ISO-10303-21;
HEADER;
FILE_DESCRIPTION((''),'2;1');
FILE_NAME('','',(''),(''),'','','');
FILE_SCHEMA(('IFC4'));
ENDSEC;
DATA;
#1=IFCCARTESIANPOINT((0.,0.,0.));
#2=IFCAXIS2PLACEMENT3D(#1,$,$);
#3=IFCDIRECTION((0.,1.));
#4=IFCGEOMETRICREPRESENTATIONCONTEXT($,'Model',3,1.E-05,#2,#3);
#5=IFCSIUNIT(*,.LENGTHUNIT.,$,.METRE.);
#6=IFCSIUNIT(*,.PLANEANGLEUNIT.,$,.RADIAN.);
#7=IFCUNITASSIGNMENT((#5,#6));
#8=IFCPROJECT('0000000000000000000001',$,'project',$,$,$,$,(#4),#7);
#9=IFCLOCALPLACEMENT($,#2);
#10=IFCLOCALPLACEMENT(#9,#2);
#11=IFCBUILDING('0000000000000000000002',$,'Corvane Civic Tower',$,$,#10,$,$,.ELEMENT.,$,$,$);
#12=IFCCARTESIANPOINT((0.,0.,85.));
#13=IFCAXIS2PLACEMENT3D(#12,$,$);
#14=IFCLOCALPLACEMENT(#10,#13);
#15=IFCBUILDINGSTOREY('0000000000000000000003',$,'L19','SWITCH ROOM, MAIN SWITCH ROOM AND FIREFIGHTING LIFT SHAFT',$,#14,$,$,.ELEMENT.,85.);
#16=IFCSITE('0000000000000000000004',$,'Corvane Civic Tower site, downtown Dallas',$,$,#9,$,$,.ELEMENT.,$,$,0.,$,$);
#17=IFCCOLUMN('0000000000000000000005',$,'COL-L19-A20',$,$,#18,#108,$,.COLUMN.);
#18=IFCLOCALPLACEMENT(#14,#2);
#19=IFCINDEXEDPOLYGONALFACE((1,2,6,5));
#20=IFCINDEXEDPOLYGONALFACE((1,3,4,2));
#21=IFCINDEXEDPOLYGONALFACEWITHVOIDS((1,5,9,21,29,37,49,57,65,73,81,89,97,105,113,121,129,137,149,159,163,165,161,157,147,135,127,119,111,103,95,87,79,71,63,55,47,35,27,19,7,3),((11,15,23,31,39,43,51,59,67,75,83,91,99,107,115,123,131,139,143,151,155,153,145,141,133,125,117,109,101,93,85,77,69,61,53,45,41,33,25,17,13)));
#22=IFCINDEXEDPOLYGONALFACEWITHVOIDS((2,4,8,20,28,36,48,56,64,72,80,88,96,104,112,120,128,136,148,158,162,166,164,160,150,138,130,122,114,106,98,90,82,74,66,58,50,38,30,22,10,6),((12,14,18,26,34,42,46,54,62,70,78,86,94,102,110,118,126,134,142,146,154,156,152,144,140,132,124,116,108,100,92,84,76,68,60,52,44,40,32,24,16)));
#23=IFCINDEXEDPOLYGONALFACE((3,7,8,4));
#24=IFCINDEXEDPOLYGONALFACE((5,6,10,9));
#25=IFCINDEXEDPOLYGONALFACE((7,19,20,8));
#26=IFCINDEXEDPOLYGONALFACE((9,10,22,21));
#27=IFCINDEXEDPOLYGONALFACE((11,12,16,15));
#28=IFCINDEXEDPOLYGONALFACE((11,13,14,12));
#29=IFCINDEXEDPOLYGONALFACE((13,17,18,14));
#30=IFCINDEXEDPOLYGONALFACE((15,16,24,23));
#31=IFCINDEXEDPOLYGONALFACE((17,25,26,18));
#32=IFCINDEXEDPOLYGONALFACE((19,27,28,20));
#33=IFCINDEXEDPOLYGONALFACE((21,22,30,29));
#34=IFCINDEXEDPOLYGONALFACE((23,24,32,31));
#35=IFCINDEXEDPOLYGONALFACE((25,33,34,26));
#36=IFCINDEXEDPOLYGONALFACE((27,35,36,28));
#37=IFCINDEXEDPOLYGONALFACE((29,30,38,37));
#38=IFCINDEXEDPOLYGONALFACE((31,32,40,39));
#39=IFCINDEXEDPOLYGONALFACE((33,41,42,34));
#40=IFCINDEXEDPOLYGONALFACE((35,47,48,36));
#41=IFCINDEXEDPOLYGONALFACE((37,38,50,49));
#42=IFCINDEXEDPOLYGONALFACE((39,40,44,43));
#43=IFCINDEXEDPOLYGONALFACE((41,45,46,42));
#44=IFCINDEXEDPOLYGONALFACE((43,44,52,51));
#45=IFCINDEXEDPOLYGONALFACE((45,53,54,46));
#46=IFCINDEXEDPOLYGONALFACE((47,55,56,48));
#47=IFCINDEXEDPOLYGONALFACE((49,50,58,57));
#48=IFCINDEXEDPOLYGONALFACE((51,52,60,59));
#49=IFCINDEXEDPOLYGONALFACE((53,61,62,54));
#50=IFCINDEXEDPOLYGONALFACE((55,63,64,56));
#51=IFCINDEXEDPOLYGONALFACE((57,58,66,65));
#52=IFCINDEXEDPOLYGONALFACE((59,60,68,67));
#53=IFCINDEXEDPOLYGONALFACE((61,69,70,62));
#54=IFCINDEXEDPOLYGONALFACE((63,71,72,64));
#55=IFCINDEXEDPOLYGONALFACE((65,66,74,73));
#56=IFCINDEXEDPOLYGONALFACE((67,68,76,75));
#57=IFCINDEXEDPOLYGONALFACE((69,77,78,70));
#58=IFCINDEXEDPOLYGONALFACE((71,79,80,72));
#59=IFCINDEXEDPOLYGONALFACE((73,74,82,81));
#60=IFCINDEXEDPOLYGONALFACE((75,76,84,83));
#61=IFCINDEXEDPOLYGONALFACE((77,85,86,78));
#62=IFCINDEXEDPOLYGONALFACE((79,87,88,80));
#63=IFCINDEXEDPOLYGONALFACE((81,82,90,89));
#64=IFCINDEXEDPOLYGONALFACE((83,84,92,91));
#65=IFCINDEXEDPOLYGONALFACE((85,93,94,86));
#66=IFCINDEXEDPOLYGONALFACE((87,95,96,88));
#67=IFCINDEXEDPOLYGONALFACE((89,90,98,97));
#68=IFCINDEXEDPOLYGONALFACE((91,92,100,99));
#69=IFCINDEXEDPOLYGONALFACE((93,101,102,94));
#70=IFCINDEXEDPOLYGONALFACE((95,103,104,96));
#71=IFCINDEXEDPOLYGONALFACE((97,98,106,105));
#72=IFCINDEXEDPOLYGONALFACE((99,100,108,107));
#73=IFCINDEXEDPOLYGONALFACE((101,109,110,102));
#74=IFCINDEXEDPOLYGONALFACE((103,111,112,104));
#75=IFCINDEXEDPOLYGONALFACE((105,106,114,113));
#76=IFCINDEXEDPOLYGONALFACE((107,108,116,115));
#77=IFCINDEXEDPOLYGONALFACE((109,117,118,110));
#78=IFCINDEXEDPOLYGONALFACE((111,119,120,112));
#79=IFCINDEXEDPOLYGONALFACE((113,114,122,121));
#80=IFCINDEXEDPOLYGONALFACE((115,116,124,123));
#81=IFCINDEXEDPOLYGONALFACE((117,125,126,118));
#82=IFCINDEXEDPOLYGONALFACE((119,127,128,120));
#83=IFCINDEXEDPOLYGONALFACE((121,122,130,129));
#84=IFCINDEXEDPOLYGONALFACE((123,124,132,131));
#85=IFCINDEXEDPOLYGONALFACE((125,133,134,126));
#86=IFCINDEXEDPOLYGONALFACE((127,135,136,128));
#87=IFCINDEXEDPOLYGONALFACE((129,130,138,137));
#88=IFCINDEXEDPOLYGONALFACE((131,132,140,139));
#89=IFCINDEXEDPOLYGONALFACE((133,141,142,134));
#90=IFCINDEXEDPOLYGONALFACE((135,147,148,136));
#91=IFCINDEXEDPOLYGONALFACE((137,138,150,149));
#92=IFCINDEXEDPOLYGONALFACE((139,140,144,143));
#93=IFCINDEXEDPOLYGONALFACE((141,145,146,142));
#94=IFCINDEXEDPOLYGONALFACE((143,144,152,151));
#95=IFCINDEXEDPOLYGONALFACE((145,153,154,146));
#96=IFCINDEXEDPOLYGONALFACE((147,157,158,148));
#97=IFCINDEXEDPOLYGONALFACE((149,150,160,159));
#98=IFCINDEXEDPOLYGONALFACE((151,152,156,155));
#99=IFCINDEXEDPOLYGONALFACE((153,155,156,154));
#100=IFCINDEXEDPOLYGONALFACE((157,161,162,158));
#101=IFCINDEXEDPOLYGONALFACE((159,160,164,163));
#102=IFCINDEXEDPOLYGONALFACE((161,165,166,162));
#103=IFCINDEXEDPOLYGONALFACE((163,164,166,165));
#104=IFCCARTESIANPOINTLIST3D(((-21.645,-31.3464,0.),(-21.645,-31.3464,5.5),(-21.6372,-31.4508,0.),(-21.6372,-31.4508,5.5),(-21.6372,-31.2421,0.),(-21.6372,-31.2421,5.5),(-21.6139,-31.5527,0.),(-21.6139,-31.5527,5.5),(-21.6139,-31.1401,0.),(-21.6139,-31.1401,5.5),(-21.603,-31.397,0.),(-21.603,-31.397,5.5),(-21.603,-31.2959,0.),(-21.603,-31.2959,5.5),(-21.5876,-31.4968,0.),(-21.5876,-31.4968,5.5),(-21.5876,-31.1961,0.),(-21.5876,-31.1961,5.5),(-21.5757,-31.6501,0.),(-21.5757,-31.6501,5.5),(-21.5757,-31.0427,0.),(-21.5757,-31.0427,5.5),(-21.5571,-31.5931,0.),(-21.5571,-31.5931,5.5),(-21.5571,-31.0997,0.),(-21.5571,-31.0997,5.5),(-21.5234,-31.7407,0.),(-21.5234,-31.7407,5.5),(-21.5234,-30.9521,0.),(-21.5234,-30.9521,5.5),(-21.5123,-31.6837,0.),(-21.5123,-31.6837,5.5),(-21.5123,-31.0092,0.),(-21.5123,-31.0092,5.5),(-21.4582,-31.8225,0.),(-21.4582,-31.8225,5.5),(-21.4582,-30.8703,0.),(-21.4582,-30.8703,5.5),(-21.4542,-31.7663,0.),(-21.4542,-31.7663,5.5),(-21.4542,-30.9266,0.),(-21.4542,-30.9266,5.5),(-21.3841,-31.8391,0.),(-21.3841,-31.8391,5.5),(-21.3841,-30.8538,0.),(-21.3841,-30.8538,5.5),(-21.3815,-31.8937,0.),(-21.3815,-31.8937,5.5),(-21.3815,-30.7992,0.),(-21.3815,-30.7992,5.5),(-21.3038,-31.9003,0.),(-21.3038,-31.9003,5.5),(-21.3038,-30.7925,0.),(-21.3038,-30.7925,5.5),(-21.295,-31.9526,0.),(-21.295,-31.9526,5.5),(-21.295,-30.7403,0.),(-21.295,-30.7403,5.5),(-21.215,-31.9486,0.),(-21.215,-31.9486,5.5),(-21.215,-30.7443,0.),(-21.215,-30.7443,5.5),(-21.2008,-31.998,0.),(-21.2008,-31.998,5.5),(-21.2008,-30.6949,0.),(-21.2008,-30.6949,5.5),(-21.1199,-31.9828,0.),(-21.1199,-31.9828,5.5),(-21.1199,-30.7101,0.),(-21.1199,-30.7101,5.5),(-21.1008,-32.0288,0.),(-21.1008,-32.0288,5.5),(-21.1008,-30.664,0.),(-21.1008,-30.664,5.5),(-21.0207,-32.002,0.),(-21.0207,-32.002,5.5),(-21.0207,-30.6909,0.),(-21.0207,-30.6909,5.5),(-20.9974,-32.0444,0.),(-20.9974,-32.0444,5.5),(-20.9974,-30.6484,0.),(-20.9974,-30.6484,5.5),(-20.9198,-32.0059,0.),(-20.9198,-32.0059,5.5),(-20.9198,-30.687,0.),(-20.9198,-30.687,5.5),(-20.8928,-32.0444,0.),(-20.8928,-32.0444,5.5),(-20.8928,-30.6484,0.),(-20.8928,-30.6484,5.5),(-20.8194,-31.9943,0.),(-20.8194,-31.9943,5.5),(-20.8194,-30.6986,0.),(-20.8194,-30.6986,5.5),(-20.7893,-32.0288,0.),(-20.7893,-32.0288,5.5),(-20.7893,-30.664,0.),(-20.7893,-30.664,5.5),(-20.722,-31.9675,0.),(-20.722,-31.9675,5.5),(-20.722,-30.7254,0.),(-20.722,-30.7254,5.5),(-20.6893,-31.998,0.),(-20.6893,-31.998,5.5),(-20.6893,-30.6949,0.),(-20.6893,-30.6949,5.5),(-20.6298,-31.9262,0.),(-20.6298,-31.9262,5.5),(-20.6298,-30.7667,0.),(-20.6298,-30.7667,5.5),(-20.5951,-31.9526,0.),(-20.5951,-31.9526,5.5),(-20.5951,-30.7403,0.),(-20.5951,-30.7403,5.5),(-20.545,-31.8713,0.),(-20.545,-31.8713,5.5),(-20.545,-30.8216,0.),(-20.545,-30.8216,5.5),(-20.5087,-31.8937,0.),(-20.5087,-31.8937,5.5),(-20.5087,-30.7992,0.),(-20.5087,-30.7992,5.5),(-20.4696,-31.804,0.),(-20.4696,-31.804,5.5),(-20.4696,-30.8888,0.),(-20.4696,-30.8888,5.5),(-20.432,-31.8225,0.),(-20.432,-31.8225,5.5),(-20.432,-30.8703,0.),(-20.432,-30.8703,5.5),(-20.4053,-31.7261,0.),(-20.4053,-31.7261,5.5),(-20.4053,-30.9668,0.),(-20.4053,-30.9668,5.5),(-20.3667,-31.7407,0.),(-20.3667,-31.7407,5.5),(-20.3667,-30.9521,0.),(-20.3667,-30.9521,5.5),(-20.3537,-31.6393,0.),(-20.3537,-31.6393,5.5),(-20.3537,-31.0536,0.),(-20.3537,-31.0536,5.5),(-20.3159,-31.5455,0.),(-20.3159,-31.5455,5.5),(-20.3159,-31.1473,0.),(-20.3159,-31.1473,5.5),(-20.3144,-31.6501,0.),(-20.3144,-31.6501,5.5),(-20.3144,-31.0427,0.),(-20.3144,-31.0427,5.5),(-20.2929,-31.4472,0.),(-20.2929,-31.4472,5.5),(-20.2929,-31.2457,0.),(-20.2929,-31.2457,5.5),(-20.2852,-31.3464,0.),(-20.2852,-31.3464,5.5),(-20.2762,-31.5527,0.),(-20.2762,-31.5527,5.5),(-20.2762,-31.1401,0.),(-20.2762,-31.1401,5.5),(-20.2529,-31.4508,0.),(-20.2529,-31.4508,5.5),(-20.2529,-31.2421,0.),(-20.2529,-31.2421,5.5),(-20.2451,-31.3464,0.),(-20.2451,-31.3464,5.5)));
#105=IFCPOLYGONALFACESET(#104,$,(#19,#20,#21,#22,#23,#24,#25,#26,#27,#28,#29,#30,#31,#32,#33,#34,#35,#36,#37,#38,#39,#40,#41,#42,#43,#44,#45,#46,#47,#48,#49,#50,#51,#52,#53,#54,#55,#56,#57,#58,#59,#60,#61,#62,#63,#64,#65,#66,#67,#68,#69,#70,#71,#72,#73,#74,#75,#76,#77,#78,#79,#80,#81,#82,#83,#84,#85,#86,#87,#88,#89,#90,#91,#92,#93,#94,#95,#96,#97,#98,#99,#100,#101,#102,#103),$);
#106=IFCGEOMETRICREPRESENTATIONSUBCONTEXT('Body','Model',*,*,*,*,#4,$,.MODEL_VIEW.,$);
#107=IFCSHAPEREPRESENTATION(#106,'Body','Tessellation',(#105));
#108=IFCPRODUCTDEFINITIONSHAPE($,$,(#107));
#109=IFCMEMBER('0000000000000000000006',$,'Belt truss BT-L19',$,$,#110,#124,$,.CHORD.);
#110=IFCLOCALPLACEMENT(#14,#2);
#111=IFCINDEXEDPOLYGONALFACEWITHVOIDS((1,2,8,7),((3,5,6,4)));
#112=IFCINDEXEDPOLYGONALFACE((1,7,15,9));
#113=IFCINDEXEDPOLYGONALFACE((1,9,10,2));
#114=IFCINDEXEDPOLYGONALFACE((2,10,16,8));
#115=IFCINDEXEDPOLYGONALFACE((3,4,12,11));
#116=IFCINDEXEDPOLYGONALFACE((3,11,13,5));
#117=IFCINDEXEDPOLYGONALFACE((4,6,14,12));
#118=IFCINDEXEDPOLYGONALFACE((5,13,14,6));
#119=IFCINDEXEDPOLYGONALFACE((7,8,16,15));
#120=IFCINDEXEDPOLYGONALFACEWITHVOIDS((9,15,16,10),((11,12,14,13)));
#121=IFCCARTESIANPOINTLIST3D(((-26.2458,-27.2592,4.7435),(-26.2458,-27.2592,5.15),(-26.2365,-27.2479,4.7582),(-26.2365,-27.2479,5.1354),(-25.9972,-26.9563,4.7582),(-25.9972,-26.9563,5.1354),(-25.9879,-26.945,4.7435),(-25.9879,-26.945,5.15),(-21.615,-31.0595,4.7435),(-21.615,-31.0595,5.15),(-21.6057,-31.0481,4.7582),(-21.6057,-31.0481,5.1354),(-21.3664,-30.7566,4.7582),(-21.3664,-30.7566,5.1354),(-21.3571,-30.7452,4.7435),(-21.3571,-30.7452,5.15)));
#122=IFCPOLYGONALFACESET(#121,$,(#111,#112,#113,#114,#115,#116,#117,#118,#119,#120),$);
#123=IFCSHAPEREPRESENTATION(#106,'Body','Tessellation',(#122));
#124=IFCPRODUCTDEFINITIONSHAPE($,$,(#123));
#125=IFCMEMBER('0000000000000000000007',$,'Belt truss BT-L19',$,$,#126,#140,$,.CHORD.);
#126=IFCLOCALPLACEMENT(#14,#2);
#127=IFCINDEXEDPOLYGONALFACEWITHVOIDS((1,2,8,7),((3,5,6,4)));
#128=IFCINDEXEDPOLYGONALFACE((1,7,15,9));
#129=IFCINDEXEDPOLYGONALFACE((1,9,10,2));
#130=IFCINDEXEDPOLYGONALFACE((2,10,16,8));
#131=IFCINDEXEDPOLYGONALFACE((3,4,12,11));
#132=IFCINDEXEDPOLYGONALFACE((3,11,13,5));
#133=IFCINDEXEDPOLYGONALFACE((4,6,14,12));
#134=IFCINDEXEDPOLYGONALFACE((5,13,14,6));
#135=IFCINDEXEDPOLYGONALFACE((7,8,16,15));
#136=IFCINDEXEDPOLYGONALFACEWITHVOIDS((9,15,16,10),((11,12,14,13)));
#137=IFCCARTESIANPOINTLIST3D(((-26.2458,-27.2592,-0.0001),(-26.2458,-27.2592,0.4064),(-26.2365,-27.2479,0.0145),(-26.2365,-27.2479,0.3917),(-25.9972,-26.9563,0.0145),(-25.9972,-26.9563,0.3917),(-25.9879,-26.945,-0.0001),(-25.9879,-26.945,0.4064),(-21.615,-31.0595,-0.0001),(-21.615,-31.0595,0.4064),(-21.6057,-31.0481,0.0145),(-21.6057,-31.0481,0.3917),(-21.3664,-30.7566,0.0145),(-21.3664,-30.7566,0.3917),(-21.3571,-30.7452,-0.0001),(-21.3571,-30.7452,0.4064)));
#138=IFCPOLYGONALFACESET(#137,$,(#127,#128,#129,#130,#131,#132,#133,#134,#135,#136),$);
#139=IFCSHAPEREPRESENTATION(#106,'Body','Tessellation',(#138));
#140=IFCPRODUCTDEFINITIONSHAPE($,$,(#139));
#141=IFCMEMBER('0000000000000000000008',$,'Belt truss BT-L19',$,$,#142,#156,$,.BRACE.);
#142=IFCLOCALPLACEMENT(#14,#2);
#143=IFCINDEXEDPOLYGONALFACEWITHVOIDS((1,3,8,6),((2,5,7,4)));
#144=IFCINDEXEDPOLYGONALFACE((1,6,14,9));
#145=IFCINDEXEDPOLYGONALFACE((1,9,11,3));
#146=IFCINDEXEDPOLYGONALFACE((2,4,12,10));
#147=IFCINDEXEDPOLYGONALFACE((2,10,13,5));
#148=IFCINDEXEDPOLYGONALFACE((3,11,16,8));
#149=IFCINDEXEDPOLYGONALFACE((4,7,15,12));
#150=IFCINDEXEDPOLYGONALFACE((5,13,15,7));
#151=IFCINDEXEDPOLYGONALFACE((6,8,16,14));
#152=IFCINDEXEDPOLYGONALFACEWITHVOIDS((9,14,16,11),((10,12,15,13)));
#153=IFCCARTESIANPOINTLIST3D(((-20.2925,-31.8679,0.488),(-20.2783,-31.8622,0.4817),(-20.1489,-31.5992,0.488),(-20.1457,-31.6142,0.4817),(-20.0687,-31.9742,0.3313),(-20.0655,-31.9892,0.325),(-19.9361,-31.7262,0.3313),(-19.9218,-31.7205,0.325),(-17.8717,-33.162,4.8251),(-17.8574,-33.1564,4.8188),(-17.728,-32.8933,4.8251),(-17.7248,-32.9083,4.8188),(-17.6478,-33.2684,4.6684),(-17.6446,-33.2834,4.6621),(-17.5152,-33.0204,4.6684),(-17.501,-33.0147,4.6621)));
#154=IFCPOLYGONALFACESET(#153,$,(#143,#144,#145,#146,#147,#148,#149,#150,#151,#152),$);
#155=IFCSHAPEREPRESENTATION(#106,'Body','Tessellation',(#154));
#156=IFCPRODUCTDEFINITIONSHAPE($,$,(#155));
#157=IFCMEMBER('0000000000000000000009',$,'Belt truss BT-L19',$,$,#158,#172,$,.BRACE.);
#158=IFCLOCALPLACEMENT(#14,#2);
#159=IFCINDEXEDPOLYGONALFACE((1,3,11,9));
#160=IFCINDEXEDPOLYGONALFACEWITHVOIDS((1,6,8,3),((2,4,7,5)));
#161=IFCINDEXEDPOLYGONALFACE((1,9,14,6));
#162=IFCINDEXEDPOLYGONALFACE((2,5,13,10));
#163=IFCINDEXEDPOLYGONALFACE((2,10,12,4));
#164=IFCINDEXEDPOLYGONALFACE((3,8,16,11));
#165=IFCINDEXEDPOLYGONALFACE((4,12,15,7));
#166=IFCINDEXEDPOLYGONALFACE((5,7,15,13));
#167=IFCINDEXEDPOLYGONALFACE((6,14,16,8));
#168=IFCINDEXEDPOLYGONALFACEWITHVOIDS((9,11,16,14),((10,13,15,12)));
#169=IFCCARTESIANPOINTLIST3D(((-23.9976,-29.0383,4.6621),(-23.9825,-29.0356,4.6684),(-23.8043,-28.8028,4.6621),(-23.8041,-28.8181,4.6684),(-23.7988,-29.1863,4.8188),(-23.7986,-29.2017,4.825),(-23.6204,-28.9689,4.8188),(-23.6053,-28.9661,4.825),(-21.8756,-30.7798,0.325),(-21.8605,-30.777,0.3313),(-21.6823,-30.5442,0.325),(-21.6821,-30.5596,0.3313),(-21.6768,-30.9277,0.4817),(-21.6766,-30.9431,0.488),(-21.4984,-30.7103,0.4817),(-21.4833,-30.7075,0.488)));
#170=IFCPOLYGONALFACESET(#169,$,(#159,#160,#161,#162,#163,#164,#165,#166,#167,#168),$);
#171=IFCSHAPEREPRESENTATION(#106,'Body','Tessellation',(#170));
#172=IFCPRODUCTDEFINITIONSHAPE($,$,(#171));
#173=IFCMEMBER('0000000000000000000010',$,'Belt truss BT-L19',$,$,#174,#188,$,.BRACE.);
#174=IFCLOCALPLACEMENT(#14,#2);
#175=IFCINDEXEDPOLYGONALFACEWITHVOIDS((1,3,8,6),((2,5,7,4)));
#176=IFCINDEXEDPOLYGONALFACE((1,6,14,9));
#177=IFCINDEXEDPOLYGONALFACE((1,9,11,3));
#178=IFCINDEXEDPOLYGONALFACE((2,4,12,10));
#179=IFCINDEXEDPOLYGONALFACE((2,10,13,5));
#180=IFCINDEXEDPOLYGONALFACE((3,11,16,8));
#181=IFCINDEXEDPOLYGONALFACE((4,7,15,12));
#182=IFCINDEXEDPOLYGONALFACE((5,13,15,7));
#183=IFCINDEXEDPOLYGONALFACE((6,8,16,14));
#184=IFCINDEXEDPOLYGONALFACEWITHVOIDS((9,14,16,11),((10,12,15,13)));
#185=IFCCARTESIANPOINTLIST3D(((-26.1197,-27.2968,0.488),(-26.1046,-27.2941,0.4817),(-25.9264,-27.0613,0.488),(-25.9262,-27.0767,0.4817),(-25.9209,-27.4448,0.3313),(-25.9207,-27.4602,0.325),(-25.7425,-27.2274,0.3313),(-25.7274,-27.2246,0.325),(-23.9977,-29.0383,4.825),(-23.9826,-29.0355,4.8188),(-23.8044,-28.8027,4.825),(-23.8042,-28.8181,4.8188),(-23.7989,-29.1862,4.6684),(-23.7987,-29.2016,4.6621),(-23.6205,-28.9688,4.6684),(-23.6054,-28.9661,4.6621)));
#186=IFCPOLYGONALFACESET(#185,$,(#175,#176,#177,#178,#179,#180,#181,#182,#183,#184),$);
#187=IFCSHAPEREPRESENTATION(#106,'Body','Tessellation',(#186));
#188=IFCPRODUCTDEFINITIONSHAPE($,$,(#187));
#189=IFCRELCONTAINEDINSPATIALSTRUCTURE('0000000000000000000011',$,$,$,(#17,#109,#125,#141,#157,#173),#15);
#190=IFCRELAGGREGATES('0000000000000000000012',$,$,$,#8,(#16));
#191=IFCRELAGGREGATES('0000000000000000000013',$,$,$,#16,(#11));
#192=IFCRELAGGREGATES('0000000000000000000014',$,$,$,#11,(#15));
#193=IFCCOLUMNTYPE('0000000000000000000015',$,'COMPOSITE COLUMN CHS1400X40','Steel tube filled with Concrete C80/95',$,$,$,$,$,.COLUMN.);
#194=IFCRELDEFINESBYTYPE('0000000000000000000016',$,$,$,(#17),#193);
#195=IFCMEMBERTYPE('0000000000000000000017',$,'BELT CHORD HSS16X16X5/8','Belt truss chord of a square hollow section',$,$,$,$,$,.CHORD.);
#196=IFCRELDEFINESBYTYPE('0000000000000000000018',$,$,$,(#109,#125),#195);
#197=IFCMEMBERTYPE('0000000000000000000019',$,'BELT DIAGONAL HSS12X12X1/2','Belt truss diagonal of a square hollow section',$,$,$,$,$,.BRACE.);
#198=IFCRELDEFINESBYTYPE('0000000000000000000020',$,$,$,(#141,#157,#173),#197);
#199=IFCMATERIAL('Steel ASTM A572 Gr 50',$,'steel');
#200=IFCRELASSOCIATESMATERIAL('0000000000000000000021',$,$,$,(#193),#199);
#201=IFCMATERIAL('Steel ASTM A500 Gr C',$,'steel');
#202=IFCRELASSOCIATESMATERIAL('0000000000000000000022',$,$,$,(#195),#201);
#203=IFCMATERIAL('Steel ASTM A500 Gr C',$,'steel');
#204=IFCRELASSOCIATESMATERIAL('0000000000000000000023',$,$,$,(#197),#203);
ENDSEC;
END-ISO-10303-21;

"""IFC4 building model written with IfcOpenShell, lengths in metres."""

from ifc_helpers import new_model, si_unit, direction, frame, origin, origin_2d, place, context, subcontext, project, spatial, hollow_rectangle, hollow_circle, extrude, material, material_profile, profile_set, type_object, element, save


model = new_model("IFC4")

# Units and contexts
model_context = context("Model", 3, precision=1e-05, world=origin(), true_north=direction((0.0, 1.0)))
body_context = subcontext(model_context, "Body", "Model", "MODEL_VIEW")
ifc_project = project(units=[si_unit("LENGTHUNIT", "METRE"), si_unit("PLANEANGLEUNIT", "RADIAN")], contexts=[model_context])

# Site, building, storey
site_placement = place(None, origin())
site = spatial("IfcSite", under=ifc_project, at=site_placement, Name="Corvane Civic Tower site, downtown Dallas", CompositionType="ELEMENT", RefElevation=0.0)
building_placement = place(site_placement, origin())
building = spatial("IfcBuilding", under=site, at=building_placement, Name="Corvane Civic Tower", CompositionType="ELEMENT")
storey_placement = place(building_placement, frame((0.0, 0.0, 85.0)))
storey = spatial("IfcBuildingStorey", under=building, at=storey_placement, Name="L19", Description="SWITCH ROOM, MAIN SWITCH ROOM AND FIREFIGHTING LIFT SHAFT", CompositionType="ELEMENT", Elevation=85.0)

# Column
ifc_material_1 = material(Name="Steel ASTM A572 Gr 50", Category="steel")
ifc_material_profile_1 = material_profile(ifc_material_1, hollow_circle(Radius=0.7, WallThickness=0.04, at=origin_2d()), Name="CHS1400X40")
ifc_profile_set_1 = profile_set([ifc_material_profile_1], Name="Steel ASTM A572 Gr 50")
column_type_1 = type_object("IfcColumnType", Name="COMPOSITE COLUMN CHS1400X40", Description="Steel tube filled with Concrete C80/95", PredefinedType="COLUMN", material=ifc_profile_set_1)
column_placement = place(storey_placement, frame((-20.9451, -31.3464, 0.0), z_axis=(0.0, 0.0, 1.0), x_axis=(1.0, 0.0, 0.0)))
element("IfcColumn", 1, at=column_placement, inside=storey, type_object=column_type_1, Name="COL-L19-A20", PredefinedType="COLUMN", context=body_context, shape_type="SweptSolid", body=[
    extrude(hollow_circle(Radius=0.7, WallThickness=0.04, at=origin_2d()), origin(), (0.0, 0.0, 1.0), 5.5),
])

# Members
ifc_material_2 = material(Name="Steel ASTM A500 Gr C", Category="steel")
ifc_material_profile_2 = material_profile(ifc_material_2, hollow_rectangle(XDim=0.4065, YDim=0.4065, WallThickness=0.0146, at=origin_2d()), Name="HSS16X16X5/8")
ifc_profile_set_2 = profile_set([ifc_material_profile_2], Name="Steel ASTM A500 Gr C")
member_type_1 = type_object("IfcMemberType", Name="BELT CHORD HSS16X16X5/8", Description="Belt truss chord of a square hollow section", PredefinedType="CHORD", material=ifc_profile_set_2)
for number, where, z_axis, x_axis, name in (
    (2, (-21.4861, -30.9023, 4.9468), (-0.773023, 0.634378, 0.0), (-0.634378, -0.773023, 0.0), "Belt truss BT-L19"),
    (3, (-21.4861, -30.9023, 0.2031), (-0.773023, 0.634378, 0.0), (-0.634378, -0.773023, 0.0), "Belt truss BT-L19"),
):
    element("IfcMember", number, at=place(storey_placement, frame(where, z_axis=z_axis, x_axis=x_axis)), inside=storey, type_object=member_type_1, Name=name, PredefinedType="CHORD", context=body_context, shape_type="SweptSolid", body=[
        extrude(hollow_rectangle(XDim=0.4065, YDim=0.4065, WallThickness=0.0146, at=origin_2d()), origin(), (0.0, 0.0, 1.0), 5.9905),
    ])
ifc_material_3 = material(Name="Steel ASTM A500 Gr C", Category="steel")
ifc_material_profile_3 = material_profile(ifc_material_3, hollow_rectangle(XDim=0.3047, YDim=0.3047, WallThickness=0.0117, at=origin_2d()), Name="HSS12X12X1/2")
ifc_profile_set_3 = profile_set([ifc_material_profile_3], Name="Steel ASTM A500 Gr C")
member_type_2 = type_object("IfcMemberType", Name="BELT DIAGONAL HSS12X12X1/2", Description="Belt truss diagonal of a square hollow section", PredefinedType="BRACE", material=ifc_profile_set_3)
for number, where, z_axis, x_axis, name in (
    (4, (-20.1072, -31.7942, 0.4065), (0.471644, -0.252136, 0.844973), (0.471451, 0.881892, 0.0), "Belt truss BT-L19"),
    (5, (-21.6794, -30.7437, 0.4065), (-0.413424, 0.339272, 0.84497), (-0.634375, -0.773025, 0.0), "Belt truss BT-L19"),
    (6, (-25.9236, -27.2607, 0.4065), (0.413424, -0.339272, 0.84497), (0.634375, 0.773025, 0.0), "Belt truss BT-L19"),
):
    element("IfcMember", number, at=place(storey_placement, frame(where, z_axis=z_axis, x_axis=x_axis)), inside=storey, type_object=member_type_2, Name=name, PredefinedType="BRACE", context=body_context, shape_type="SweptSolid", body=[
        extrude(hollow_rectangle(XDim=0.3047, YDim=0.3047, WallThickness=0.0117, at=origin_2d()), origin(), (0.0, 0.0, 1.0), 5.1328),
    ])

save(model, "model.ifc")
